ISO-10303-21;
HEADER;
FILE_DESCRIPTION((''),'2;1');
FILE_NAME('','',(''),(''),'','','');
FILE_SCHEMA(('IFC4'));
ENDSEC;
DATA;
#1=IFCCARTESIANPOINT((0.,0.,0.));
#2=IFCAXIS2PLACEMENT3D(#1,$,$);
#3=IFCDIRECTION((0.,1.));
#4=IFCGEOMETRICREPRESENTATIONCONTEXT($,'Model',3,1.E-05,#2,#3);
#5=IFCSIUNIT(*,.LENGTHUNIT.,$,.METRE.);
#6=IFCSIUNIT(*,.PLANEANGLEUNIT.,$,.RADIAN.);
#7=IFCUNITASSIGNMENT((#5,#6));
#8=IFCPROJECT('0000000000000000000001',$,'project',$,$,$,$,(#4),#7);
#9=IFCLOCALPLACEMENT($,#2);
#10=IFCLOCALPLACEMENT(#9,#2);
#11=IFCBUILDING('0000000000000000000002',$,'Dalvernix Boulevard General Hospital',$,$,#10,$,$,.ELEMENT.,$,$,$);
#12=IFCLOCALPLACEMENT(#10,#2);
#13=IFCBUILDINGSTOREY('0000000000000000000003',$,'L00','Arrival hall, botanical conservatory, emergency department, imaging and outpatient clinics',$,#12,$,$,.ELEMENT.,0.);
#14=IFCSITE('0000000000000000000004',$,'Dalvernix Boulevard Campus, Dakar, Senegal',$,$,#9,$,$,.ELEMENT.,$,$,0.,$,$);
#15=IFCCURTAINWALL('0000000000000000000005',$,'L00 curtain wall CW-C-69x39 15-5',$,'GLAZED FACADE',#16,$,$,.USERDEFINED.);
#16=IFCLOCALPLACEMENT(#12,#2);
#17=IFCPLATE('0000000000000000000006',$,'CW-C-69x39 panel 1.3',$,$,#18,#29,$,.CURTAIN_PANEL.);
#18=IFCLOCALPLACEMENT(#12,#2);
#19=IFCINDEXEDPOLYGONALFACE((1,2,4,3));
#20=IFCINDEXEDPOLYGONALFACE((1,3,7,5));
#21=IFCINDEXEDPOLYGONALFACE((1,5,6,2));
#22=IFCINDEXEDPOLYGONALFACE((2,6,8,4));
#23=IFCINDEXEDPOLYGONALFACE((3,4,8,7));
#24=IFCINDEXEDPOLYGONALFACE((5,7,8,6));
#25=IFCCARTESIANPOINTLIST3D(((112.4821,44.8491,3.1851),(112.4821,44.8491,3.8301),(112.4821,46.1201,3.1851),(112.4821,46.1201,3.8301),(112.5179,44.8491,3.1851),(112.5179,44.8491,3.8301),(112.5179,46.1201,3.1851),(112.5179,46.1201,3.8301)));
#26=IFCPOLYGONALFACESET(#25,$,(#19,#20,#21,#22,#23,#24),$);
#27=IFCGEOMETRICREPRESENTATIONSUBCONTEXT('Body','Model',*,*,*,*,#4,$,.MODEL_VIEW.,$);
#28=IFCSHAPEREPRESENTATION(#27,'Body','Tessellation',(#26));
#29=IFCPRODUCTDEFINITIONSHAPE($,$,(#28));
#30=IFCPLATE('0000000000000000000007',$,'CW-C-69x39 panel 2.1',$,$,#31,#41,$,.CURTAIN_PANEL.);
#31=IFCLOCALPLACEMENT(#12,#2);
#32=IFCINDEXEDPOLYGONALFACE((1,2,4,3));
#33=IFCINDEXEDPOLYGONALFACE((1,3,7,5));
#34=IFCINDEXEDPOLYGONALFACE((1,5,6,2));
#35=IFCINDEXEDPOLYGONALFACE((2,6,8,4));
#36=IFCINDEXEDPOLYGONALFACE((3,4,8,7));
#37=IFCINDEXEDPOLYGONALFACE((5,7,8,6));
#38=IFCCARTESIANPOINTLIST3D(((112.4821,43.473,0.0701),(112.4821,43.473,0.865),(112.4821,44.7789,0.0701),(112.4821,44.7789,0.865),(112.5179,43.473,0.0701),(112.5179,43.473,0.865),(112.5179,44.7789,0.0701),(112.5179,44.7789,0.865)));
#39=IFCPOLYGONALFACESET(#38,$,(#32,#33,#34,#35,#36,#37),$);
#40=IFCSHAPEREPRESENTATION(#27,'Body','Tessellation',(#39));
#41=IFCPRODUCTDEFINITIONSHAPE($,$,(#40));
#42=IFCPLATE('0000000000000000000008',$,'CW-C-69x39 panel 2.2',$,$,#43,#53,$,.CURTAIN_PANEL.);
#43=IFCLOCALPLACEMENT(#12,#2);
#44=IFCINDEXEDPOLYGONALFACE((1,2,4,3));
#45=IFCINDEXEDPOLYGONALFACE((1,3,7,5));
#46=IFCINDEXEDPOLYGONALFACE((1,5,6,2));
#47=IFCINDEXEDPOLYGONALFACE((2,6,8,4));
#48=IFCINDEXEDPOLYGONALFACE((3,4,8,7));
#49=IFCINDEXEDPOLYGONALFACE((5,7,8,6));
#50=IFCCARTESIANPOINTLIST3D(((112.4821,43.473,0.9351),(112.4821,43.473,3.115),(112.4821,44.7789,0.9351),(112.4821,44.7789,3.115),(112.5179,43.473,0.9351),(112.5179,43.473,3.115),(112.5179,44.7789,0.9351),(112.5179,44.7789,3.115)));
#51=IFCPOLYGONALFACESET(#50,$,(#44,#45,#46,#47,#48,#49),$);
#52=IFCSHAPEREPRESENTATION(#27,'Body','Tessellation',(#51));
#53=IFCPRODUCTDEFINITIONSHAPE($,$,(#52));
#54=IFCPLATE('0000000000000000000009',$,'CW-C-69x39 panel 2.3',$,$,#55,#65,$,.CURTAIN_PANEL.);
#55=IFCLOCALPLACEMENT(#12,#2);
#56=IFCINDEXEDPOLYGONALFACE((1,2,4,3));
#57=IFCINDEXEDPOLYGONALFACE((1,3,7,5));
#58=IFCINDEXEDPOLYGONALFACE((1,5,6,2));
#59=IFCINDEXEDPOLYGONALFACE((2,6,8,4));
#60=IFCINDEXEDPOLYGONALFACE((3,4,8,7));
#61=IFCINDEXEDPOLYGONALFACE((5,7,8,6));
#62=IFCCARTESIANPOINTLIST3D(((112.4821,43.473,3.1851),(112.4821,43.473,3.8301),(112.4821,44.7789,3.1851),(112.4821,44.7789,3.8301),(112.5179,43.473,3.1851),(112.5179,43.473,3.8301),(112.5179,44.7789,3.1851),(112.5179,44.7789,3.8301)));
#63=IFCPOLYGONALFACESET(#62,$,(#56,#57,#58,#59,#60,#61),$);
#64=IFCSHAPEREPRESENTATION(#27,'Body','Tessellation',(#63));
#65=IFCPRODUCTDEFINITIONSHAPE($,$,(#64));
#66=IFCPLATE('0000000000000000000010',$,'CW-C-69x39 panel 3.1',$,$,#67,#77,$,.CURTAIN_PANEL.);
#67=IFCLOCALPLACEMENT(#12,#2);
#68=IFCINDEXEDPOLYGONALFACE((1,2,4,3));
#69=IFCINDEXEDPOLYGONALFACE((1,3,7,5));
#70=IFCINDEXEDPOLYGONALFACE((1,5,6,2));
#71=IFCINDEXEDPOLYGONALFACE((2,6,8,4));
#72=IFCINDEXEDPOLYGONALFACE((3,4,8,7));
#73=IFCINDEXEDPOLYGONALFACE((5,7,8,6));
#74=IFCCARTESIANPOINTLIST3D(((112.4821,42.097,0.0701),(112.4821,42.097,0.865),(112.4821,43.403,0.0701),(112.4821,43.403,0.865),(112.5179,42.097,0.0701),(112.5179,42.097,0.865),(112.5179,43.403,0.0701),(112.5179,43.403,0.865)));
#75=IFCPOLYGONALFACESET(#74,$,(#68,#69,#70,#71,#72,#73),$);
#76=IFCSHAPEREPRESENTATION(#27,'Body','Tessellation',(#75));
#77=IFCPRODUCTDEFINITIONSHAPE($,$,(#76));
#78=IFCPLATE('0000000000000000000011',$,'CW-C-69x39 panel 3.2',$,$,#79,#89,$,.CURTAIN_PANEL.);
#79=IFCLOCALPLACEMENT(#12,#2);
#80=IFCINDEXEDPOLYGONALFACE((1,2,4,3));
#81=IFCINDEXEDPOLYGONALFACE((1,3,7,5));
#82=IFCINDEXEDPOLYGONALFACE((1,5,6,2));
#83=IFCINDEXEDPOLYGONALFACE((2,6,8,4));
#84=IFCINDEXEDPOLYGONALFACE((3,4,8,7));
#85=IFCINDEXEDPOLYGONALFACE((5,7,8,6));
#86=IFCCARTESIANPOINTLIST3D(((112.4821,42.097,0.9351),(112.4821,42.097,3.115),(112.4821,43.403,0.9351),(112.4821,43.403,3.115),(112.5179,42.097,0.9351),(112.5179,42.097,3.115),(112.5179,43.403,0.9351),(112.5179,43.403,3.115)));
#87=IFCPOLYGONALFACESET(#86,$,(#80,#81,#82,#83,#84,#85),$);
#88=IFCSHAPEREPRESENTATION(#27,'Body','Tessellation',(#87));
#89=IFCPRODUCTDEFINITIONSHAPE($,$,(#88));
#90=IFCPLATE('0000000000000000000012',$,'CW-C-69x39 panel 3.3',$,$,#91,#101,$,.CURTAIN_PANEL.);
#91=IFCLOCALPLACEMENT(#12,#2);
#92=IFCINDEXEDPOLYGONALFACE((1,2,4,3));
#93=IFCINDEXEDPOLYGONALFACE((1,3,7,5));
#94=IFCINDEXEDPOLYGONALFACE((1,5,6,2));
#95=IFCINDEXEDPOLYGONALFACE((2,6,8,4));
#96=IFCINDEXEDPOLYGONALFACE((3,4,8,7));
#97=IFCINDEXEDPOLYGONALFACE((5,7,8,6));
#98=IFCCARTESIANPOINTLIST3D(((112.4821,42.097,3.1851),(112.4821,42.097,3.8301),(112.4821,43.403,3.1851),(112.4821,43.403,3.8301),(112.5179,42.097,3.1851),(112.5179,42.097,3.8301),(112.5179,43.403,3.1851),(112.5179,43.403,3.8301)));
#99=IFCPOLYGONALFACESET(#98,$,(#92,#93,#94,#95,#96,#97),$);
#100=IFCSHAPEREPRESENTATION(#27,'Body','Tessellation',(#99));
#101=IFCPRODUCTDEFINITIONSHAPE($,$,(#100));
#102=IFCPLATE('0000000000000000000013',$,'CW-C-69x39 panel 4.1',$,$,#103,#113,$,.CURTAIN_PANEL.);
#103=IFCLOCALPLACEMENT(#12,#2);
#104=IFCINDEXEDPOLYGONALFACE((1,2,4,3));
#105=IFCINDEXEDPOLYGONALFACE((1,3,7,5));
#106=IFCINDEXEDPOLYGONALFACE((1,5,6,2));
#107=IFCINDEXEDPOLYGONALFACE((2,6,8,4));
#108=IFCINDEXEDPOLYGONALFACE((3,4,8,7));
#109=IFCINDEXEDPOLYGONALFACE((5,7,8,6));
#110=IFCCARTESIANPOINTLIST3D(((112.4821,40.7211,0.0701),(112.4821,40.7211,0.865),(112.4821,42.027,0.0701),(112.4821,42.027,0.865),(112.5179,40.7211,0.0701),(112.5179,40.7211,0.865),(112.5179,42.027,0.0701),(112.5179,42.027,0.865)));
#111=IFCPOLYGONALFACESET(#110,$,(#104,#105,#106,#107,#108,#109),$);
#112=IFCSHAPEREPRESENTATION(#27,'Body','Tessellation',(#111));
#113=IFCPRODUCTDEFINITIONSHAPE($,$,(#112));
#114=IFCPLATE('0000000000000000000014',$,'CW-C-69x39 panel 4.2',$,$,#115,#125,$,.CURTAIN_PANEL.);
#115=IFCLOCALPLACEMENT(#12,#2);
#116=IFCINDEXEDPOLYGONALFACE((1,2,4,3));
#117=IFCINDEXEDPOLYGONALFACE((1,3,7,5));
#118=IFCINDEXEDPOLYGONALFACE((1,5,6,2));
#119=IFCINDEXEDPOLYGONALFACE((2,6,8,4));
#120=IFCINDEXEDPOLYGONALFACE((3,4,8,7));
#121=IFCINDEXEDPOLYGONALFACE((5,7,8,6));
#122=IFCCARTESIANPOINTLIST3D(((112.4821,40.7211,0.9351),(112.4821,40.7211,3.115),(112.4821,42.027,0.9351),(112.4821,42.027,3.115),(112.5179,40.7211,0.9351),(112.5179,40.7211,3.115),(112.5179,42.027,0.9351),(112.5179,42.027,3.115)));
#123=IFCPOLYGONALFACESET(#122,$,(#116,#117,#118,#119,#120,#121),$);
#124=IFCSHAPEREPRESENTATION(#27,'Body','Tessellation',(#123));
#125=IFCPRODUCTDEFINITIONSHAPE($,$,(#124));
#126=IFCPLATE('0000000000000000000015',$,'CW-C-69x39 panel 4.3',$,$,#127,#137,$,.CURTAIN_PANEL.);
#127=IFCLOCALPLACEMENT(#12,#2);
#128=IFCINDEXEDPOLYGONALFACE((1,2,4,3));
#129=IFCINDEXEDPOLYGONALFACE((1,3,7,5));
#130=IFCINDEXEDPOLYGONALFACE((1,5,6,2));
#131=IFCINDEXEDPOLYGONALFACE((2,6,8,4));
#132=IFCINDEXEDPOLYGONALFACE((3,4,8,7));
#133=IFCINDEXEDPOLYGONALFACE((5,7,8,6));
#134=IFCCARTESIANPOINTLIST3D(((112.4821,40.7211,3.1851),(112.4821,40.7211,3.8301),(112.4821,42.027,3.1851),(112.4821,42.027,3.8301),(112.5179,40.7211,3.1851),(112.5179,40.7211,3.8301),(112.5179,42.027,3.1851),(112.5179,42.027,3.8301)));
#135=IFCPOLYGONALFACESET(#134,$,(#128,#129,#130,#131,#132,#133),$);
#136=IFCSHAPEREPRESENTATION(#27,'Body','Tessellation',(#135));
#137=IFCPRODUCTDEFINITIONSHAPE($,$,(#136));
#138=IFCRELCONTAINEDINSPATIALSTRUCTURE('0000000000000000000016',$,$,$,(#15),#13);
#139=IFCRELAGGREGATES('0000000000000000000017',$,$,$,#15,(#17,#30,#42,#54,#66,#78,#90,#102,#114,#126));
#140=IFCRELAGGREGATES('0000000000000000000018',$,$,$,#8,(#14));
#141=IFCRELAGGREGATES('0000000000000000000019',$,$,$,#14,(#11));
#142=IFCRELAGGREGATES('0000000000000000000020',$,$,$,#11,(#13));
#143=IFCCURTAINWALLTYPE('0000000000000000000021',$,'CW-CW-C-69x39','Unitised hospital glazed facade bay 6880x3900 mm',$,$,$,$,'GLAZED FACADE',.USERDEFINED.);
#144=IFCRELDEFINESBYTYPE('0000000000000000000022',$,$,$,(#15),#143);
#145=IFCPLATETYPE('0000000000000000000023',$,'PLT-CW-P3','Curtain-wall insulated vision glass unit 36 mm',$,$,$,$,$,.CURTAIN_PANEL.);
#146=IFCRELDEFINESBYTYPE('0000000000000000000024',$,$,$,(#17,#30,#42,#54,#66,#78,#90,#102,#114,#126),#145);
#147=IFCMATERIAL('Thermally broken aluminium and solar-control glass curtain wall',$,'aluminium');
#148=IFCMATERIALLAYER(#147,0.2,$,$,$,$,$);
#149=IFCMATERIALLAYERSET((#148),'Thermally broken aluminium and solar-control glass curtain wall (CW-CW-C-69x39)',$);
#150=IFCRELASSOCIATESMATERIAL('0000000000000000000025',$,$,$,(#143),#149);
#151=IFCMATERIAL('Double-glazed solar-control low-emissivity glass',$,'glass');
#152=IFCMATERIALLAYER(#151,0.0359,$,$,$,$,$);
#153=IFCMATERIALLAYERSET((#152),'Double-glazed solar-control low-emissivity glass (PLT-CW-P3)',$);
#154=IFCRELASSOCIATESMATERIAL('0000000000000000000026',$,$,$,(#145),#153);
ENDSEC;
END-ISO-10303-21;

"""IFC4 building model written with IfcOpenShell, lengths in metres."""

from ifc_helpers import new_model, si_unit, direction, frame, origin, origin_2d, place, context, subcontext, project, spatial, rectangle, extrude, material, layer, layer_set, type_object, element, aggregate, save


model = new_model("IFC4")

# Units and contexts
model_context = context("Model", 3, precision=1e-05, world=origin(), true_north=direction((0.0, 1.0)))
body_context = subcontext(model_context, "Body", "Model", "MODEL_VIEW")
ifc_project = project(units=[si_unit("LENGTHUNIT", "METRE"), si_unit("PLANEANGLEUNIT", "RADIAN")], contexts=[model_context])

# Site, building, storey
site_placement = place(None, origin())
site = spatial("IfcSite", under=ifc_project, at=site_placement, Name="Dalvernix Boulevard Campus, Dakar, Senegal", CompositionType="ELEMENT", RefElevation=0.0)
building_placement = place(site_placement, origin())
building = spatial("IfcBuilding", under=site, at=building_placement, Name="Dalvernix Boulevard General Hospital", CompositionType="ELEMENT")
storey_placement = place(building_placement, origin())
storey = spatial("IfcBuildingStorey", under=building, at=storey_placement, Name="L00", Description="Arrival hall, botanical conservatory, emergency department, imaging and outpatient clinics", CompositionType="ELEMENT", Elevation=0.0)

# Curtain wall, plates
ifc_material_1 = material(Name="Thermally broken aluminium and solar-control glass curtain wall", Category="aluminium")
ifc_layer_1 = layer(ifc_material_1, 0.2)
ifc_layer_set_1 = layer_set([ifc_layer_1], Name="Thermally broken aluminium and solar-control glass curtain wall (CW-CW-C-69x39)")
curtain_wall_type = type_object("IfcCurtainWallType", Name="CW-CW-C-69x39", Description="Unitised hospital glazed facade bay 6880x3900 mm", ElementType="GLAZED FACADE", PredefinedType="USERDEFINED", material=ifc_layer_set_1)
curtain_wall_placement = place(storey_placement, origin())
curtain_wall = element("IfcCurtainWall", 1, at=curtain_wall_placement, inside=storey, type_object=curtain_wall_type, Name="L00 curtain wall CW-C-69x39 15-5", ObjectType="GLAZED FACADE", PredefinedType="USERDEFINED")
ifc_material_2 = material(Name="Double-glazed solar-control low-emissivity glass", Category="glass")
ifc_layer_2 = layer(ifc_material_2, 0.0359)
ifc_layer_set_2 = layer_set([ifc_layer_2], Name="Double-glazed solar-control low-emissivity glass (PLT-CW-P3)")
plate_type = type_object("IfcPlateType", Name="PLT-CW-P3", Description="Curtain-wall insulated vision glass unit 36 mm", PredefinedType="CURTAIN_PANEL", material=ifc_layer_set_2)
plate_1_placement = place(storey_placement, frame((112.5, 45.4846, 3.1851), z_axis=(0.0, 0.0, 1.0), x_axis=(0.0, -1.0, 0.0)))
plate_1 = element("IfcPlate", 2, at=plate_1_placement, type_object=plate_type, Name="CW-C-69x39 panel 1.3", PredefinedType="CURTAIN_PANEL", context=body_context, shape_type="SweptSolid", body=[
    extrude(rectangle(XDim=1.271, YDim=0.0359, at=origin_2d()), origin(), (0.0, 0.0, 1.0), 0.645),
])
plate_2_placement = place(storey_placement, frame((112.5, 44.126, 0.0701), z_axis=(0.0, 0.0, 1.0), x_axis=(0.0, -1.0, 0.0)))
plate_2 = element("IfcPlate", 3, at=plate_2_placement, type_object=plate_type, Name="CW-C-69x39 panel 2.1", PredefinedType="CURTAIN_PANEL", context=body_context, shape_type="SweptSolid", body=[
    extrude(rectangle(XDim=1.3059, YDim=0.0359, at=origin_2d()), origin(), (0.0, 0.0, 1.0), 0.7949),
])
plate_3_placement = place(storey_placement, frame((112.5, 44.126, 0.9351), z_axis=(0.0, 0.0, 1.0), x_axis=(0.0, -1.0, 0.0)))
plate_3 = element("IfcPlate", 4, at=plate_3_placement, type_object=plate_type, Name="CW-C-69x39 panel 2.2", PredefinedType="CURTAIN_PANEL", context=body_context, shape_type="SweptSolid", body=[
    extrude(rectangle(XDim=1.3059, YDim=0.0359, at=origin_2d()), origin(), (0.0, 0.0, 1.0), 2.1799),
])
plate_4_placement = place(storey_placement, frame((112.5, 44.126, 3.1851), z_axis=(0.0, 0.0, 1.0), x_axis=(0.0, -1.0, 0.0)))
plate_4 = element("IfcPlate", 5, at=plate_4_placement, type_object=plate_type, Name="CW-C-69x39 panel 2.3", PredefinedType="CURTAIN_PANEL", context=body_context, shape_type="SweptSolid", body=[
    extrude(rectangle(XDim=1.3059, YDim=0.0359, at=origin_2d()), origin(), (0.0, 0.0, 1.0), 0.645),
])
plate_5_placement = place(storey_placement, frame((112.5, 42.75, 0.0701), z_axis=(0.0, 0.0, 1.0), x_axis=(0.0, -1.0, 0.0)))
plate_5 = element("IfcPlate", 6, at=plate_5_placement, type_object=plate_type, Name="CW-C-69x39 panel 3.1", PredefinedType="CURTAIN_PANEL", context=body_context, shape_type="SweptSolid", body=[
    extrude(rectangle(XDim=1.3059, YDim=0.0359, at=origin_2d()), origin(), (0.0, 0.0, 1.0), 0.7949),
])
plate_6_placement = place(storey_placement, frame((112.5, 42.75, 0.9351), z_axis=(0.0, 0.0, 1.0), x_axis=(0.0, -1.0, 0.0)))
plate_6 = element("IfcPlate", 7, at=plate_6_placement, type_object=plate_type, Name="CW-C-69x39 panel 3.2", PredefinedType="CURTAIN_PANEL", context=body_context, shape_type="SweptSolid", body=[
    extrude(rectangle(XDim=1.3059, YDim=0.0359, at=origin_2d()), origin(), (0.0, 0.0, 1.0), 2.1799),
])
plate_7_placement = place(storey_placement, frame((112.5, 42.75, 3.1851), z_axis=(0.0, 0.0, 1.0), x_axis=(0.0, -1.0, 0.0)))
plate_7 = element("IfcPlate", 8, at=plate_7_placement, type_object=plate_type, Name="CW-C-69x39 panel 3.3", PredefinedType="CURTAIN_PANEL", context=body_context, shape_type="SweptSolid", body=[
    extrude(rectangle(XDim=1.3059, YDim=0.0359, at=origin_2d()), origin(), (0.0, 0.0, 1.0), 0.645),
])
plate_8_placement = place(storey_placement, frame((112.5, 41.374, 0.0701), z_axis=(0.0, 0.0, 1.0), x_axis=(0.0, -1.0, 0.0)))
plate_8 = element("IfcPlate", 9, at=plate_8_placement, type_object=plate_type, Name="CW-C-69x39 panel 4.1", PredefinedType="CURTAIN_PANEL", context=body_context, shape_type="SweptSolid", body=[
    extrude(rectangle(XDim=1.3059, YDim=0.0359, at=origin_2d()), origin(), (0.0, 0.0, 1.0), 0.7949),
])
plate_9_placement = place(storey_placement, frame((112.5, 41.374, 0.9351), z_axis=(0.0, 0.0, 1.0), x_axis=(0.0, -1.0, 0.0)))
plate_9 = element("IfcPlate", 10, at=plate_9_placement, type_object=plate_type, Name="CW-C-69x39 panel 4.2", PredefinedType="CURTAIN_PANEL", context=body_context, shape_type="SweptSolid", body=[
    extrude(rectangle(XDim=1.3059, YDim=0.0359, at=origin_2d()), origin(), (0.0, 0.0, 1.0), 2.1799),
])
plate_10_placement = place(storey_placement, frame((112.5, 41.374, 3.1851), z_axis=(0.0, 0.0, 1.0), x_axis=(0.0, -1.0, 0.0)))
plate_10 = element("IfcPlate", 11, at=plate_10_placement, type_object=plate_type, Name="CW-C-69x39 panel 4.3", PredefinedType="CURTAIN_PANEL", context=body_context, shape_type="SweptSolid", body=[
    extrude(rectangle(XDim=1.3059, YDim=0.0359, at=origin_2d()), origin(), (0.0, 0.0, 1.0), 0.645),
])
aggregate(curtain_wall, [plate_1, plate_2, plate_3, plate_4, plate_5, plate_6, plate_7, plate_8, plate_9, plate_10])

save(model, "model.ifc")
